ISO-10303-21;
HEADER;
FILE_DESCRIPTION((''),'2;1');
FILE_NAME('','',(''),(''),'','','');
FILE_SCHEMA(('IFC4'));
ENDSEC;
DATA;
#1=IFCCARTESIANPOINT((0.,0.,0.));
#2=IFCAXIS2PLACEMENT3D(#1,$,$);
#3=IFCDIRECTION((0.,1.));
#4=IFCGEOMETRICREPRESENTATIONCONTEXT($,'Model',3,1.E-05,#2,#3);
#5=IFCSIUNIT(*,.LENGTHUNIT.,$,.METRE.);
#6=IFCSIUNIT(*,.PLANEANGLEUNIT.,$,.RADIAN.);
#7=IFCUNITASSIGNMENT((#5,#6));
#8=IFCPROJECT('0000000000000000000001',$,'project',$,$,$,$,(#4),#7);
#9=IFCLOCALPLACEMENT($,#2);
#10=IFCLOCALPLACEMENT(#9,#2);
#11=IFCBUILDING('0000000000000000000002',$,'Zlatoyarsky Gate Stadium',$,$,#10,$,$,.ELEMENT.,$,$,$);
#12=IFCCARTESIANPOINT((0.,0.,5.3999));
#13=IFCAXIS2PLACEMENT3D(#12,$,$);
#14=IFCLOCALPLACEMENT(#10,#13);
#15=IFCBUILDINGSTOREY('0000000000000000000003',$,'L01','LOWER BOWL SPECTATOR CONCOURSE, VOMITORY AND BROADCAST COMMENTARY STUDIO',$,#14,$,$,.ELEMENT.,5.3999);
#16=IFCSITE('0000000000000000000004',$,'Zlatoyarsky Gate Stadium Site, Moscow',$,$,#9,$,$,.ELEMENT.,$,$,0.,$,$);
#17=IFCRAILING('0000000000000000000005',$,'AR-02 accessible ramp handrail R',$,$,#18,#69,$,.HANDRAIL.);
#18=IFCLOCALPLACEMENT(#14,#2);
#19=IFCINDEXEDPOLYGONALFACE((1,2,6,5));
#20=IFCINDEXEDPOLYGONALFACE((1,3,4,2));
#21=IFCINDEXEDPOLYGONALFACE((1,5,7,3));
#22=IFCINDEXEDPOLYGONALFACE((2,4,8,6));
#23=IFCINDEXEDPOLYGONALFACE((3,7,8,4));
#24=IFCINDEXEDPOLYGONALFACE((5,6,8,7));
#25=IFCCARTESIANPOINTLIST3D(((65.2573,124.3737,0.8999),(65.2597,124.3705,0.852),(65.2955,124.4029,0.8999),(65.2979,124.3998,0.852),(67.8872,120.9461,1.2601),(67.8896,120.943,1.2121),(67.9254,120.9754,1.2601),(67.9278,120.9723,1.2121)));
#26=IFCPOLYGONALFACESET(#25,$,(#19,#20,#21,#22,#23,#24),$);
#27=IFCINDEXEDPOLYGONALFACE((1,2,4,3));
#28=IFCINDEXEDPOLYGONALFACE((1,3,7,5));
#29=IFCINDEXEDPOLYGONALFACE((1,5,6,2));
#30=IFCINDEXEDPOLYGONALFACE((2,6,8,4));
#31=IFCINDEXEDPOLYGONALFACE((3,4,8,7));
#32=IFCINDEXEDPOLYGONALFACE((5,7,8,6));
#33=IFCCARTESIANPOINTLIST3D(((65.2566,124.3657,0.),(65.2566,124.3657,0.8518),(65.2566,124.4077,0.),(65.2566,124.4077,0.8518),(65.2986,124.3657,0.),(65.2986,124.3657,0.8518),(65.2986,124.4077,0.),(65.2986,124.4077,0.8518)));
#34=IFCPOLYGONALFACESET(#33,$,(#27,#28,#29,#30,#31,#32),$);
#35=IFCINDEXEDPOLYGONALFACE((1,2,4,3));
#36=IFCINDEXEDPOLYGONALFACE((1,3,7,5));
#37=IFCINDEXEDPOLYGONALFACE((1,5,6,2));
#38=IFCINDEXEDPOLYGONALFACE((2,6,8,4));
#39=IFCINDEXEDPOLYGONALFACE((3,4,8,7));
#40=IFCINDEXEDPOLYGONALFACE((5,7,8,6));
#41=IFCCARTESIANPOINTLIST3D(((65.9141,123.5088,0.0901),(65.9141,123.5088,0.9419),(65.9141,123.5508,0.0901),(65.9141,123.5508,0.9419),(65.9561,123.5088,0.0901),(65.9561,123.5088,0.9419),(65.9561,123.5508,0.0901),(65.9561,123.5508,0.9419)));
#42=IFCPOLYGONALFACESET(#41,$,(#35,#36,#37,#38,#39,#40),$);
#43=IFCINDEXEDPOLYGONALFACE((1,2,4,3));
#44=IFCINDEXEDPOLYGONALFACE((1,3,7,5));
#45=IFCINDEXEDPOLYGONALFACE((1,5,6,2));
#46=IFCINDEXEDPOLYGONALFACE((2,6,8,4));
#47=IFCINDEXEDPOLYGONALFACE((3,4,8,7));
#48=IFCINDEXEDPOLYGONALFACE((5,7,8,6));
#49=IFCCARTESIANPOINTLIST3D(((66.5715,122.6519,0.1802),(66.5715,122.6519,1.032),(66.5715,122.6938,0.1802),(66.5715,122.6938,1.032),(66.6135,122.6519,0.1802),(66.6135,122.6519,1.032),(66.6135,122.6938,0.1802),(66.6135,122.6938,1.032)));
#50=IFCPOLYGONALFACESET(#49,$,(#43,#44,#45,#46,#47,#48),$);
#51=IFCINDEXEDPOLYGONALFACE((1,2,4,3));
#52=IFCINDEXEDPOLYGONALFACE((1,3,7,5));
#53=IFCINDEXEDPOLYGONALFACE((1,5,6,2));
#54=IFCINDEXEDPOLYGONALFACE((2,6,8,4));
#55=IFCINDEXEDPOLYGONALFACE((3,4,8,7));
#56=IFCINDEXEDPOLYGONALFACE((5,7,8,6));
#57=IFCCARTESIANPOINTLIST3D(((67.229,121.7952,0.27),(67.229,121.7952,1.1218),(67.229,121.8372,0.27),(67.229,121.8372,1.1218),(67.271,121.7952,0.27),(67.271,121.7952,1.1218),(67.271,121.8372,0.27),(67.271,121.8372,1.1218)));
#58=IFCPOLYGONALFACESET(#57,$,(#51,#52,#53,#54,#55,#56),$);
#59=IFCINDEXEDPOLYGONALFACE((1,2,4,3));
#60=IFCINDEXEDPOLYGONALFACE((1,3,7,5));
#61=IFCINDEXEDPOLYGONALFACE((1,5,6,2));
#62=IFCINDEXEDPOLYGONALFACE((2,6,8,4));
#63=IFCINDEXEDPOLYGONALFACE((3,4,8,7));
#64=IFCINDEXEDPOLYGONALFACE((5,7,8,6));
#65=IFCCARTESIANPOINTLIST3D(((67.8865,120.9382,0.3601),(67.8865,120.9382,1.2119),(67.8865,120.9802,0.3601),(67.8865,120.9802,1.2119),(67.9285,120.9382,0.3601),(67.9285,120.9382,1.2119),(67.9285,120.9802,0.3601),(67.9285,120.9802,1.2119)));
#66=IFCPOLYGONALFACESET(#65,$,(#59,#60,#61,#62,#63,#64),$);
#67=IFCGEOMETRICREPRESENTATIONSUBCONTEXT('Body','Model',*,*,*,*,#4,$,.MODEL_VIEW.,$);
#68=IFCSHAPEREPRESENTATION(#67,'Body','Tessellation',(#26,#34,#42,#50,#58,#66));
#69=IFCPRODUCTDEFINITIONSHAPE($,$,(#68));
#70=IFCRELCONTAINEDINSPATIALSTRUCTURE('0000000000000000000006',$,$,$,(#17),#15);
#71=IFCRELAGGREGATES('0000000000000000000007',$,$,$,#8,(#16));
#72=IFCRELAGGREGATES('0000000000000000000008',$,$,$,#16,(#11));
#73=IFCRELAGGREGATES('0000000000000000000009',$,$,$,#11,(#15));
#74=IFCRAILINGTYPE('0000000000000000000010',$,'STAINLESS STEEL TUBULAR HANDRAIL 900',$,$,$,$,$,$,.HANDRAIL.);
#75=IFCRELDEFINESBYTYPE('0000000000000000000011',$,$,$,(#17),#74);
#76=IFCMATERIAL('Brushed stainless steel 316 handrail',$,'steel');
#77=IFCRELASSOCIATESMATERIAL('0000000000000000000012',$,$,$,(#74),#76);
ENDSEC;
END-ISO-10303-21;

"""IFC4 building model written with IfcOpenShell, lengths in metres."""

from ifc_helpers import new_model, si_unit, direction, frame, origin, origin_2d, place, context, subcontext, project, spatial, rectangle, extrude, material, type_object, element, save


model = new_model("IFC4")

# Units and contexts
model_context = context("Model", 3, precision=1e-05, world=origin(), true_north=direction((0.0, 1.0)))
body_context = subcontext(model_context, "Body", "Model", "MODEL_VIEW")
ifc_project = project(units=[si_unit("LENGTHUNIT", "METRE"), si_unit("PLANEANGLEUNIT", "RADIAN")], contexts=[model_context])

# Site, building, storey
site_placement = place(None, origin())
site = spatial("IfcSite", under=ifc_project, at=site_placement, Name="Zlatoyarsky Gate Stadium Site, Moscow", CompositionType="ELEMENT", RefElevation=0.0)
building_placement = place(site_placement, origin())
building = spatial("IfcBuilding", under=site, at=building_placement, Name="Zlatoyarsky Gate Stadium", CompositionType="ELEMENT")
storey_placement = place(building_placement, frame((0.0, 0.0, 5.3999)))
storey = spatial("IfcBuildingStorey", under=building, at=storey_placement, Name="L01", Description="LOWER BOWL SPECTATOR CONCOURSE, VOMITORY AND BROADCAST COMMENTARY STUDIO", CompositionType="ELEMENT", Elevation=5.3999)

# Railing
ifc_material_1 = material(Name="Brushed stainless steel 316 handrail", Category="steel")
railing_type_1 = type_object("IfcRailingType", Name="STAINLESS STEEL TUBULAR HANDRAIL 900", PredefinedType="HANDRAIL", material=ifc_material_1)
railing_1_placement = place(storey_placement, frame((65.2776, 124.3867, 0.0)))
element("IfcRailing", 1, at=railing_1_placement, inside=storey, type_object=railing_type_1, Name="AR-02 accessible ramp handrail R", PredefinedType="HANDRAIL", context=body_context, shape_type="SweptSolid", body=[
    extrude(rectangle(XDim=0.0481, YDim=0.0481, at=origin_2d()), frame((0.0, 0.0, 0.876), z_axis=(0.60664, -0.790625, 0.083067), x_axis=(0.793367, 0.608744, 0.0)), (0.0, 0.0, 1.0), 4.3352),
    extrude(rectangle(XDim=0.042, YDim=0.042, at=origin_2d()), origin(), (0.0, 0.0, 1.0), 0.8518),
    extrude(rectangle(XDim=0.042, YDim=0.042, at=origin_2d()), frame((0.6575, -0.8569, 0.0901)), (0.0, 0.0, 1.0), 0.8518),
    extrude(rectangle(XDim=0.042, YDim=0.042, at=origin_2d()), frame((1.3149, -1.7139, 0.1802)), (0.0, 0.0, 1.0), 0.8518),
    extrude(rectangle(XDim=0.042, YDim=0.042, at=origin_2d()), frame((1.9724, -2.5706, 0.27)), (0.0, 0.0, 1.0), 0.8518),
    extrude(rectangle(XDim=0.042, YDim=0.042, at=origin_2d()), frame((2.6299, -3.4275, 0.3601)), (0.0, 0.0, 1.0), 0.8518),
])

save(model, "model.ifc")
